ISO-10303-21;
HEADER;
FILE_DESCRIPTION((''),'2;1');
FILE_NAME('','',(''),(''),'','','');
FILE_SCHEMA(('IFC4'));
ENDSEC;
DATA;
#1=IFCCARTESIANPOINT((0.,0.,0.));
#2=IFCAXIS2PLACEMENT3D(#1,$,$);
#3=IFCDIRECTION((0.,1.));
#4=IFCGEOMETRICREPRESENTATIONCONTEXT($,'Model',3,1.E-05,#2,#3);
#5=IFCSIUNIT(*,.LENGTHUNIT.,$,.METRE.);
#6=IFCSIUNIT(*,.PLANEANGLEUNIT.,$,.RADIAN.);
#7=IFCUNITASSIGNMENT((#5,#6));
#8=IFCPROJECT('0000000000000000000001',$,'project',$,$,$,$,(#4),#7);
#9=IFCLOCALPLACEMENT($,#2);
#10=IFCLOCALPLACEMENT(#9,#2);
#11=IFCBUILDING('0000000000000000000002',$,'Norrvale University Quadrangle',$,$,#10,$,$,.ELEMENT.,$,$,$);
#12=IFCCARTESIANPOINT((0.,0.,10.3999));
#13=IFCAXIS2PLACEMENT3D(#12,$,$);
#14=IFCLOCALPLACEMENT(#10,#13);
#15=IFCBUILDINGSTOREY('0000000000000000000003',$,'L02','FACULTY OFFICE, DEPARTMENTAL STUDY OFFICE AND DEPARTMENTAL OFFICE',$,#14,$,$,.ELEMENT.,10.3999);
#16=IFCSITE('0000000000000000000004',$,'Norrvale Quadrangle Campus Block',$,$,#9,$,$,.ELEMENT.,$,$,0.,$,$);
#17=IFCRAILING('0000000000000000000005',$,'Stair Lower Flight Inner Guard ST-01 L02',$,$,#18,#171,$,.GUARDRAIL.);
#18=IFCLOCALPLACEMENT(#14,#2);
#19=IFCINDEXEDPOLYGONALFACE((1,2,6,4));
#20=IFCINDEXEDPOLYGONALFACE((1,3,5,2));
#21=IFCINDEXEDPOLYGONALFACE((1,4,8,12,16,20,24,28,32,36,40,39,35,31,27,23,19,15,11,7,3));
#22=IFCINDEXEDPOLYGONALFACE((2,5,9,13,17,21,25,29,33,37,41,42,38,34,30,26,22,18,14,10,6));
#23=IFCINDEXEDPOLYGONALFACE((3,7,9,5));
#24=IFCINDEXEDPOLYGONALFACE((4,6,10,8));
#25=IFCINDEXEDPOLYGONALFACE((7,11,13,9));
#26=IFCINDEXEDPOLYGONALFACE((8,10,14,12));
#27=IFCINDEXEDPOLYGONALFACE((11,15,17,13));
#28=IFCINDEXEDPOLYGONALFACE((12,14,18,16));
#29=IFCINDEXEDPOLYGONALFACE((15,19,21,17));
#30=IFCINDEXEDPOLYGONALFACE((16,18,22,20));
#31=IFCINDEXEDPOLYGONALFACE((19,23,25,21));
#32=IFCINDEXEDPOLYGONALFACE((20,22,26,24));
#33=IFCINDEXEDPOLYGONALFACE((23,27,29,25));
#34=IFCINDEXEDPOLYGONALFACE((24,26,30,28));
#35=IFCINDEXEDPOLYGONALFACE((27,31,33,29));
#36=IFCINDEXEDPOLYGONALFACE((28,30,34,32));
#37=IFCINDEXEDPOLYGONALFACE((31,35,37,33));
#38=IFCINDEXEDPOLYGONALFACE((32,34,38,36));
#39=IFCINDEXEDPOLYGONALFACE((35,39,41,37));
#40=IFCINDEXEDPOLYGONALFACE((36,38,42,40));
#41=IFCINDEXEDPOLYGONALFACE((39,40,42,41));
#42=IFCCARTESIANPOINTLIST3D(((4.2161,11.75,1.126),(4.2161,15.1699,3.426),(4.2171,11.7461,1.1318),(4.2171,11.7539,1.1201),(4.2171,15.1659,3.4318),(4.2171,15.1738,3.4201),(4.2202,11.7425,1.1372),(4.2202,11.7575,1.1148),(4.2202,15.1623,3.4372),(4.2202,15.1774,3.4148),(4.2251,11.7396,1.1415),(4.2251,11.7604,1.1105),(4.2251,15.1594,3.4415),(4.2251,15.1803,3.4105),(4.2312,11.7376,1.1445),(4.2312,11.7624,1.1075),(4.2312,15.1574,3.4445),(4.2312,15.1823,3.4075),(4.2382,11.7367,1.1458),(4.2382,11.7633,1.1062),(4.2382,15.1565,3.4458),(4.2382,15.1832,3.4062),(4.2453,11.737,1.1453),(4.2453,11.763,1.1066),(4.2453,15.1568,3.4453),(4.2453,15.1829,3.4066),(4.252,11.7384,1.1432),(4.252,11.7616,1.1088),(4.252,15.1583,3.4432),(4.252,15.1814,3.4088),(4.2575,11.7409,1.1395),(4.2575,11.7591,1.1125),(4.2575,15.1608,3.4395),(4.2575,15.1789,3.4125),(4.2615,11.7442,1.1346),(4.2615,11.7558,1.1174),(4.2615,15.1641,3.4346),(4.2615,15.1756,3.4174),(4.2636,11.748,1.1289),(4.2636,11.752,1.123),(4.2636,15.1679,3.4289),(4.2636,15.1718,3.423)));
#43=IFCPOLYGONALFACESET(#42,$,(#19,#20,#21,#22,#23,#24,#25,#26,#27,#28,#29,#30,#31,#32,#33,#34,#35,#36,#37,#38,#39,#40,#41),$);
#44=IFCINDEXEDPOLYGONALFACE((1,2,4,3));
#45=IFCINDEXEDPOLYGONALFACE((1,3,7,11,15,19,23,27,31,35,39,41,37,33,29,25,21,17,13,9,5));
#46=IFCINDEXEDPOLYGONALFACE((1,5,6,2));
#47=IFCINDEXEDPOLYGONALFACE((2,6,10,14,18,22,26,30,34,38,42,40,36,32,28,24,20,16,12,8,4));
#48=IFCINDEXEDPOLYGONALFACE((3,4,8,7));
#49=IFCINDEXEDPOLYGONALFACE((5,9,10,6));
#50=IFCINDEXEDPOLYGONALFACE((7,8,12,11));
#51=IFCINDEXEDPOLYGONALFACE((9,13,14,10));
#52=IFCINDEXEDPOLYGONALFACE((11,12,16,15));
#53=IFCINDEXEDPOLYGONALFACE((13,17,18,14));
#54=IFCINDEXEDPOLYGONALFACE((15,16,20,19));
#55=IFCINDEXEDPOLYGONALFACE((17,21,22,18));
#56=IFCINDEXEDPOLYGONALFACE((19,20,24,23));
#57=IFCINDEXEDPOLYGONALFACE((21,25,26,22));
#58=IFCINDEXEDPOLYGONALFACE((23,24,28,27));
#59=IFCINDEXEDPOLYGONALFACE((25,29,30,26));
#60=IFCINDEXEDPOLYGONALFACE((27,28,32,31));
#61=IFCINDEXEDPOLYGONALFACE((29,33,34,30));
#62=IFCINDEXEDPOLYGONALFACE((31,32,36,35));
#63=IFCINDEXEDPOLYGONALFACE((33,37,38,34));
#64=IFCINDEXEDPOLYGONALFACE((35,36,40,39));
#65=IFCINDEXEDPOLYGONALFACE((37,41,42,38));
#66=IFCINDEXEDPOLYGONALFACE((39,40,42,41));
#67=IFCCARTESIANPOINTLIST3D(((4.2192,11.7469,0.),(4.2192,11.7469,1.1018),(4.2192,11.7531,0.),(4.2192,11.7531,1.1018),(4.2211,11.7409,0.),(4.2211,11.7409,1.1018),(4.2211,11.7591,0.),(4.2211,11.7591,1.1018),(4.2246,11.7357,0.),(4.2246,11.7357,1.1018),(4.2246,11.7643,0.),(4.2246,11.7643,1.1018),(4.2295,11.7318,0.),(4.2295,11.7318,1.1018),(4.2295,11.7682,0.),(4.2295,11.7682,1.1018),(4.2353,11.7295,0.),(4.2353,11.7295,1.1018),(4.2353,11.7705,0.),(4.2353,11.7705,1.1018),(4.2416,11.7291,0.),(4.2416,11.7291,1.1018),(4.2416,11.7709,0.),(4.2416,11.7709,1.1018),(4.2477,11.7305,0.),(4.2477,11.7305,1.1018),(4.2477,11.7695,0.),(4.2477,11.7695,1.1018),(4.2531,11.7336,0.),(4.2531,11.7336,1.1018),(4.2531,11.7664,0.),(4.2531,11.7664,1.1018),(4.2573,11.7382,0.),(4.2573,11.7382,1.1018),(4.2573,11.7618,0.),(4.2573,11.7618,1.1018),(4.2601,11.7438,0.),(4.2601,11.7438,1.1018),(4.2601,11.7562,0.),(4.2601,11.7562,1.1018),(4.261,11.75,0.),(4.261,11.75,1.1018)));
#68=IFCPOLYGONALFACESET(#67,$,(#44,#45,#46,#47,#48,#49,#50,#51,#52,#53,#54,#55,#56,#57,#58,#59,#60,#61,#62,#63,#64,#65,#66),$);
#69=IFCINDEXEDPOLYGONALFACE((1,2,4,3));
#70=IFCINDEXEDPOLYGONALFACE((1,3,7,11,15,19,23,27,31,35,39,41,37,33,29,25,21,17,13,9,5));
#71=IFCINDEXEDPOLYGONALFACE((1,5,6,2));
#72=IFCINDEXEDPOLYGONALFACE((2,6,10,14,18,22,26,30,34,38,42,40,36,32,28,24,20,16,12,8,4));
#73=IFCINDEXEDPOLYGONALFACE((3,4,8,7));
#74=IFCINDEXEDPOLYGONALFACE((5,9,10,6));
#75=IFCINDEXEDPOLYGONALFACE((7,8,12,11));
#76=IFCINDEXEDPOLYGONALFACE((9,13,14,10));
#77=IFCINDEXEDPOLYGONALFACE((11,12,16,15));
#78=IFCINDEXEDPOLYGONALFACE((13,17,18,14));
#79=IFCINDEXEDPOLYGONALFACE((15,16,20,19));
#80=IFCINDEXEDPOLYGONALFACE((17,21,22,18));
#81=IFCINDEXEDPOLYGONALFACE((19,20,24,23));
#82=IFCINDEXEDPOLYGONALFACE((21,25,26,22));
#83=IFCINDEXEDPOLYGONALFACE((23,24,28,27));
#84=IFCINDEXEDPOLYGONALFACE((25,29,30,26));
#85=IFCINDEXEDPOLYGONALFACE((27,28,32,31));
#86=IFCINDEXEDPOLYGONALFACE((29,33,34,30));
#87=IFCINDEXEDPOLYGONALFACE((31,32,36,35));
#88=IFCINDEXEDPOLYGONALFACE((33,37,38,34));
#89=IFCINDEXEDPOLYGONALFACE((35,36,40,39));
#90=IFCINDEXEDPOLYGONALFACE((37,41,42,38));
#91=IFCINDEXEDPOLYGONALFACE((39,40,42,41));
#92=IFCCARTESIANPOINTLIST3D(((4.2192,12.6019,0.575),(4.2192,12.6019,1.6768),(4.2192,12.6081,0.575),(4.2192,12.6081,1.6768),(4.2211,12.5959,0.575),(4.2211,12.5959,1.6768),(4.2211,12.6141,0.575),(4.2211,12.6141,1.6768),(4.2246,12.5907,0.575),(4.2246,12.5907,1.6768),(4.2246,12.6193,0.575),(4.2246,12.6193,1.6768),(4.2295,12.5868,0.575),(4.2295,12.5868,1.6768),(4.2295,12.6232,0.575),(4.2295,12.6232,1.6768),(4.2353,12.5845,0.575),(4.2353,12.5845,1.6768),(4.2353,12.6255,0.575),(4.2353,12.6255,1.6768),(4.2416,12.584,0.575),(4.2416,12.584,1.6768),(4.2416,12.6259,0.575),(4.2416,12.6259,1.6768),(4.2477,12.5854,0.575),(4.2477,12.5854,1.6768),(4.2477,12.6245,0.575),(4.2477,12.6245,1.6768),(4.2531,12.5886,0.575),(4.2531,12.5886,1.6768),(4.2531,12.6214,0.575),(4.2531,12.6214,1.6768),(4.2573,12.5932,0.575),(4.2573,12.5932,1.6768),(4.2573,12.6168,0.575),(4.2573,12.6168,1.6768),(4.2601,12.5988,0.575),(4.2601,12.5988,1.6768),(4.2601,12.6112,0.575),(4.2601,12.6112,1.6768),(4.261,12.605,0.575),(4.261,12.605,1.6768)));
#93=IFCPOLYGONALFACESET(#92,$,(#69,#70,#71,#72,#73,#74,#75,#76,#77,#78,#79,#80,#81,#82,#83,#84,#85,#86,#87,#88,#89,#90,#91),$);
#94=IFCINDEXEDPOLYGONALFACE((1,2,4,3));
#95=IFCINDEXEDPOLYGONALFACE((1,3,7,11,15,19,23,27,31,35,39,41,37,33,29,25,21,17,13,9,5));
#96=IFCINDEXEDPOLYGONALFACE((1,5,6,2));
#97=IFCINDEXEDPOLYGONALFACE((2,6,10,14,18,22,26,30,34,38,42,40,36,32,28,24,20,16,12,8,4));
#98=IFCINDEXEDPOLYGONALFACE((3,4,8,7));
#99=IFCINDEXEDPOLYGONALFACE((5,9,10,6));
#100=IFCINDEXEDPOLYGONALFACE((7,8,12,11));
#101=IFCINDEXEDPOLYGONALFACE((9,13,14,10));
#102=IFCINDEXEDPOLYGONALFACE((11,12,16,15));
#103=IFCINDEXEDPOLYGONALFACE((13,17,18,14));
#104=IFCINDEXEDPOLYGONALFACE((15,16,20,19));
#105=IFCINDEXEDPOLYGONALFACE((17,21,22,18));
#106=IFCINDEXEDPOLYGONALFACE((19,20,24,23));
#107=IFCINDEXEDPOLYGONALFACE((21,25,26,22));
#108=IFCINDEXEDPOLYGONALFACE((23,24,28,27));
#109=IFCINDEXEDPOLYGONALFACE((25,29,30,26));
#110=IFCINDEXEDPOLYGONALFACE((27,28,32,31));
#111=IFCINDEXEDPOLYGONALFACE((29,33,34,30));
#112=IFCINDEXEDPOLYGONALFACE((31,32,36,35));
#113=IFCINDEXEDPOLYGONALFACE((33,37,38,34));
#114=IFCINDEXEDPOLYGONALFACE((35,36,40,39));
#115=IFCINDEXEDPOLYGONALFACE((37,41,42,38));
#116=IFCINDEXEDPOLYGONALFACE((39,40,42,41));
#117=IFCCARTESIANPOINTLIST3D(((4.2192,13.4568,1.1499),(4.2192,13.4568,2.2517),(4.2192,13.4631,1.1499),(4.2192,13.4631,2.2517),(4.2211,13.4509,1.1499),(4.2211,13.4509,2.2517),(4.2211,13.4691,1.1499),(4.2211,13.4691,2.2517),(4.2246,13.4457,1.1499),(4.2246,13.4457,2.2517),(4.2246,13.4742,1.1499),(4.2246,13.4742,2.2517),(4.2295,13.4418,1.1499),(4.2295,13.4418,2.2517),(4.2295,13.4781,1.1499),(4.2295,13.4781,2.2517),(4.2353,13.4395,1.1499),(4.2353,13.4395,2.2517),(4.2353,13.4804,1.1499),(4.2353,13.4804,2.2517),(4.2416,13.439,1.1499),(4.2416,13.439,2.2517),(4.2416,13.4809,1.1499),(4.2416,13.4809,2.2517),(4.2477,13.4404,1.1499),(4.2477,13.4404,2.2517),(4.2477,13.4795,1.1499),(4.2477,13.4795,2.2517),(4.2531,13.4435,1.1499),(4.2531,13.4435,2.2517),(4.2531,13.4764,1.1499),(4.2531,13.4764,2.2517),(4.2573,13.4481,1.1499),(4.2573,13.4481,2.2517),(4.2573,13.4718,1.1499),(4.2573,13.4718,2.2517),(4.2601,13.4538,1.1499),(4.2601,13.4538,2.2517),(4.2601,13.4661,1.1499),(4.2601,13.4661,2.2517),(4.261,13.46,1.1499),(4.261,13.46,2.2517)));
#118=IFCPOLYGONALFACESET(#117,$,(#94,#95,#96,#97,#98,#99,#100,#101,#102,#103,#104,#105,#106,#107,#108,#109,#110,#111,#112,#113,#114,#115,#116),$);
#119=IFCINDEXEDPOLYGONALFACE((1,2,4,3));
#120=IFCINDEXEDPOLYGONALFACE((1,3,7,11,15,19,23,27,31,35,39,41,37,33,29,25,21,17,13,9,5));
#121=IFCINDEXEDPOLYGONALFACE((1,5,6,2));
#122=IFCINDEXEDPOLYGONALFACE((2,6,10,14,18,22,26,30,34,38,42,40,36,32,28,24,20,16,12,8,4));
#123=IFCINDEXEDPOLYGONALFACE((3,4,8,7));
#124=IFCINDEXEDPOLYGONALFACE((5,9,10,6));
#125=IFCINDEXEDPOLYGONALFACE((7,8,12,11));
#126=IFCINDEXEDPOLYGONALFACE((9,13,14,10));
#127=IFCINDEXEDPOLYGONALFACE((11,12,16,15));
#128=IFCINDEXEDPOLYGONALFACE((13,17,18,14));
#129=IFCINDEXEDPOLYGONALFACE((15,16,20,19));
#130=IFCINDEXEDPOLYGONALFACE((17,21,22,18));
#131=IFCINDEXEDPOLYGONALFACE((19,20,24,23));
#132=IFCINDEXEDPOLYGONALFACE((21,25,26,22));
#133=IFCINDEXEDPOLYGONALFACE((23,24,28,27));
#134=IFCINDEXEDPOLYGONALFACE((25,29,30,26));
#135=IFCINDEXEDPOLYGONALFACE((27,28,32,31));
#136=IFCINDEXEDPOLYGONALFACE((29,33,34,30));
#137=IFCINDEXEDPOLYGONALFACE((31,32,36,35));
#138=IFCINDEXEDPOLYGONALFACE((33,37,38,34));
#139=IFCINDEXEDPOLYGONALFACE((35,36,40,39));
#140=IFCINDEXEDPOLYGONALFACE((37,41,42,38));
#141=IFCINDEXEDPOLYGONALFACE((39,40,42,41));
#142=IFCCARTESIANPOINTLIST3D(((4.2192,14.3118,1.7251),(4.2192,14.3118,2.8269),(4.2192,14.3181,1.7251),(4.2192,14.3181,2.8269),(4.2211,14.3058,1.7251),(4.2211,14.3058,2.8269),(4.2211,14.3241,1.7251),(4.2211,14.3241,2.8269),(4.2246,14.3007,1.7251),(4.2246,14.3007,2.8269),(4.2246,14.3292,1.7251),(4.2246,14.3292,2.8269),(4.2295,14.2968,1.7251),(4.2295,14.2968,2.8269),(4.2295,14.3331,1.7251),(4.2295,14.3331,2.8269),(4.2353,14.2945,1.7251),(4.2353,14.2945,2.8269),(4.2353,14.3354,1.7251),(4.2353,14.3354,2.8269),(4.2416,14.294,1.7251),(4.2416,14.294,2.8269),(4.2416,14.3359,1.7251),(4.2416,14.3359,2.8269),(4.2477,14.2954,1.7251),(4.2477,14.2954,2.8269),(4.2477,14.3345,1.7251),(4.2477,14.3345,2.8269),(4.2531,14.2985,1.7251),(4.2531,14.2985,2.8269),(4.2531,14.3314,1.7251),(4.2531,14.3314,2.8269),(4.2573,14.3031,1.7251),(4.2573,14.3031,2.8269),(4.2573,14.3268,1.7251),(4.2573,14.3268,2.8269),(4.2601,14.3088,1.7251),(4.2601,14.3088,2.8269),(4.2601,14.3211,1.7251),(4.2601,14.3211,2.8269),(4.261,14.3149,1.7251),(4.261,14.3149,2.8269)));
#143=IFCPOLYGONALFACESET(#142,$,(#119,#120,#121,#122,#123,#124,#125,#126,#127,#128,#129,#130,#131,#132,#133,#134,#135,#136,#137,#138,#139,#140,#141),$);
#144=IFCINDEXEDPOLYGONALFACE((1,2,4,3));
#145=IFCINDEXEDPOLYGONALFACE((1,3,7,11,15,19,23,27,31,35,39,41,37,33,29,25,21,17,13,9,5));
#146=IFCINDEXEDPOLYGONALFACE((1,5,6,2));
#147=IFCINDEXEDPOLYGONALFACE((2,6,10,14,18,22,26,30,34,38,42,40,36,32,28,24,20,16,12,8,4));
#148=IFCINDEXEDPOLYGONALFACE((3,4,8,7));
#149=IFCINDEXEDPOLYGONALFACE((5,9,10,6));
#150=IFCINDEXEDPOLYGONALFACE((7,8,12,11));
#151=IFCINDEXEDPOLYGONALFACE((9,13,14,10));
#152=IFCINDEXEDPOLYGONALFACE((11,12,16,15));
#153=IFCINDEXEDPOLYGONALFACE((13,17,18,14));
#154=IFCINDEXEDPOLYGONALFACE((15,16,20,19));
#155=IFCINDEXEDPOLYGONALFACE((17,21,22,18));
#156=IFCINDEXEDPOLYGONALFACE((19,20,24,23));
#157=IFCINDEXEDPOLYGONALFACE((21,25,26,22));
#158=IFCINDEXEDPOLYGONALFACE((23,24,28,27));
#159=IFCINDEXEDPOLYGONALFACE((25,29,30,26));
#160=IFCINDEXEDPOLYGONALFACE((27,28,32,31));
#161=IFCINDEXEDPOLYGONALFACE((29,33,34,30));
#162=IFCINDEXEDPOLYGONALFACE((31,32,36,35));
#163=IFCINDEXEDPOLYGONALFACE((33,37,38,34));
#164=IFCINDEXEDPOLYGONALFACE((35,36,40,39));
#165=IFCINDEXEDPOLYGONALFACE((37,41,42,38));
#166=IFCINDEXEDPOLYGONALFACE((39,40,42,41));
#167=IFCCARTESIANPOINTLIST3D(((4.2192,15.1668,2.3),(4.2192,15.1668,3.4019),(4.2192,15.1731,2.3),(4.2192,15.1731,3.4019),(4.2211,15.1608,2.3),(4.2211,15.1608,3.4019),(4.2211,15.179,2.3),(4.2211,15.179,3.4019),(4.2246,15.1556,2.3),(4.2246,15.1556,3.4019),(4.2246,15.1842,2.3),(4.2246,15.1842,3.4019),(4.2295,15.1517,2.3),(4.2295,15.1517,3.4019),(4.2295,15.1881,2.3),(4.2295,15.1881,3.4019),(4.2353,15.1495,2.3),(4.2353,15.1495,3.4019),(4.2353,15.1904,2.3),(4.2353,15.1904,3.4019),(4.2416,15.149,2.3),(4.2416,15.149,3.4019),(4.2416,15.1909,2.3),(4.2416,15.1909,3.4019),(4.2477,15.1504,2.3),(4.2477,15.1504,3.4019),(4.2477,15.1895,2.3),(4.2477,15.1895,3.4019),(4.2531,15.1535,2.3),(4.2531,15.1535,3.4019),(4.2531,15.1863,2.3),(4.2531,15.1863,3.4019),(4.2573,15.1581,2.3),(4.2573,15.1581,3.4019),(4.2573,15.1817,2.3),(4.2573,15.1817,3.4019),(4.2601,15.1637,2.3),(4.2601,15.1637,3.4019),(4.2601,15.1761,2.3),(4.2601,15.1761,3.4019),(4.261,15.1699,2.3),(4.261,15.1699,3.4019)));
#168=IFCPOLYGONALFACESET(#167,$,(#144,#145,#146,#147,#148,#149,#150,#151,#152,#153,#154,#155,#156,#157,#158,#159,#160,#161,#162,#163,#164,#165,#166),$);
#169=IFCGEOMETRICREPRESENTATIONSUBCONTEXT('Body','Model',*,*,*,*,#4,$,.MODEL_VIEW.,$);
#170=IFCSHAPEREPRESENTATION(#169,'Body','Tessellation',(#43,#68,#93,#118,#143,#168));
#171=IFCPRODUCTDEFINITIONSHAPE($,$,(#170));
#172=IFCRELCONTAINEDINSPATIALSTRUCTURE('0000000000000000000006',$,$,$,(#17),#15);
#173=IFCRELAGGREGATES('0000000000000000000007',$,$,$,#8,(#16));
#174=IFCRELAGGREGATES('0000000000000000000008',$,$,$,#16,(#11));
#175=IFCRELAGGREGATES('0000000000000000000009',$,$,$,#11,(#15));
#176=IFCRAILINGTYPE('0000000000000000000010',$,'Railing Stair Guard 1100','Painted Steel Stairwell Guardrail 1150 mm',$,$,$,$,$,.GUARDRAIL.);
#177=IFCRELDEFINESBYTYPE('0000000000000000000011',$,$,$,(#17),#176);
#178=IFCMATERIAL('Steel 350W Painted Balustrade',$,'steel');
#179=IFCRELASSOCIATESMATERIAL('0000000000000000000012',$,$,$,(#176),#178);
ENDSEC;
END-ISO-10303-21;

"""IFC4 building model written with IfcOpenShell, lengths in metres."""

from ifc_helpers import new_model, si_unit, direction, frame, origin, origin_2d, place, context, subcontext, project, spatial, circle, extrude, material, type_object, element, save


model = new_model("IFC4")

# Units and contexts
model_context = context("Model", 3, precision=1e-05, world=origin(), true_north=direction((0.0, 1.0)))
body_context = subcontext(model_context, "Body", "Model", "MODEL_VIEW")
ifc_project = project(units=[si_unit("LENGTHUNIT", "METRE"), si_unit("PLANEANGLEUNIT", "RADIAN")], contexts=[model_context])

# Site, building, storey
site_placement = place(None, origin())
site = spatial("IfcSite", under=ifc_project, at=site_placement, Name="Norrvale Quadrangle Campus Block", CompositionType="ELEMENT", RefElevation=0.0)
building_placement = place(site_placement, origin())
building = spatial("IfcBuilding", under=site, at=building_placement, Name="Norrvale University Quadrangle", CompositionType="ELEMENT")
storey_placement = place(building_placement, frame((0.0, 0.0, 10.3999)))
storey = spatial("IfcBuildingStorey", under=building, at=storey_placement, Name="L02", Description="FACULTY OFFICE, DEPARTMENTAL STUDY OFFICE AND DEPARTMENTAL OFFICE", CompositionType="ELEMENT", Elevation=10.3999)

# Railing
ifc_material_1 = material(Name="Steel 350W Painted Balustrade", Category="steel")
railing_type_1 = type_object("IfcRailingType", Name="Railing Stair Guard 1100", Description="Painted Steel Stairwell Guardrail 1150 mm", PredefinedType="GUARDRAIL", material=ifc_material_1)
railing_1_placement = place(storey_placement, frame((4.24, 11.75, 0.0)))
element("IfcRailing", 1, at=railing_1_placement, inside=storey, type_object=railing_type_1, Name="Stair Lower Flight Inner Guard ST-01 L02", PredefinedType="GUARDRAIL", context=body_context, shape_type="SweptSolid", body=[
    extrude(circle(Radius=0.0239, at=origin_2d()), frame((0.0, 0.0, 1.126), z_axis=(0.0, 0.829792, 0.558072), x_axis=(-1.0, 0.0, 0.0)), (0.0, 0.0, 1.0), 4.1213),
    extrude(circle(Radius=0.021, at=origin_2d()), origin(), (0.0, 0.0, 1.0), 1.1018),
    extrude(circle(Radius=0.021, at=origin_2d()), frame((0.0, 0.855, 0.575)), (0.0, 0.0, 1.0), 1.1018),
    extrude(circle(Radius=0.021, at=origin_2d()), frame((0.0, 1.71, 1.1499)), (0.0, 0.0, 1.0), 1.1018),
    extrude(circle(Radius=0.021, at=origin_2d()), frame((0.0, 2.5649, 1.7251)), (0.0, 0.0, 1.0), 1.1018),
    extrude(circle(Radius=0.021, at=origin_2d()), frame((0.0, 3.4199, 2.3)), (0.0, 0.0, 1.0), 1.1018),
])

save(model, "model.ifc")
